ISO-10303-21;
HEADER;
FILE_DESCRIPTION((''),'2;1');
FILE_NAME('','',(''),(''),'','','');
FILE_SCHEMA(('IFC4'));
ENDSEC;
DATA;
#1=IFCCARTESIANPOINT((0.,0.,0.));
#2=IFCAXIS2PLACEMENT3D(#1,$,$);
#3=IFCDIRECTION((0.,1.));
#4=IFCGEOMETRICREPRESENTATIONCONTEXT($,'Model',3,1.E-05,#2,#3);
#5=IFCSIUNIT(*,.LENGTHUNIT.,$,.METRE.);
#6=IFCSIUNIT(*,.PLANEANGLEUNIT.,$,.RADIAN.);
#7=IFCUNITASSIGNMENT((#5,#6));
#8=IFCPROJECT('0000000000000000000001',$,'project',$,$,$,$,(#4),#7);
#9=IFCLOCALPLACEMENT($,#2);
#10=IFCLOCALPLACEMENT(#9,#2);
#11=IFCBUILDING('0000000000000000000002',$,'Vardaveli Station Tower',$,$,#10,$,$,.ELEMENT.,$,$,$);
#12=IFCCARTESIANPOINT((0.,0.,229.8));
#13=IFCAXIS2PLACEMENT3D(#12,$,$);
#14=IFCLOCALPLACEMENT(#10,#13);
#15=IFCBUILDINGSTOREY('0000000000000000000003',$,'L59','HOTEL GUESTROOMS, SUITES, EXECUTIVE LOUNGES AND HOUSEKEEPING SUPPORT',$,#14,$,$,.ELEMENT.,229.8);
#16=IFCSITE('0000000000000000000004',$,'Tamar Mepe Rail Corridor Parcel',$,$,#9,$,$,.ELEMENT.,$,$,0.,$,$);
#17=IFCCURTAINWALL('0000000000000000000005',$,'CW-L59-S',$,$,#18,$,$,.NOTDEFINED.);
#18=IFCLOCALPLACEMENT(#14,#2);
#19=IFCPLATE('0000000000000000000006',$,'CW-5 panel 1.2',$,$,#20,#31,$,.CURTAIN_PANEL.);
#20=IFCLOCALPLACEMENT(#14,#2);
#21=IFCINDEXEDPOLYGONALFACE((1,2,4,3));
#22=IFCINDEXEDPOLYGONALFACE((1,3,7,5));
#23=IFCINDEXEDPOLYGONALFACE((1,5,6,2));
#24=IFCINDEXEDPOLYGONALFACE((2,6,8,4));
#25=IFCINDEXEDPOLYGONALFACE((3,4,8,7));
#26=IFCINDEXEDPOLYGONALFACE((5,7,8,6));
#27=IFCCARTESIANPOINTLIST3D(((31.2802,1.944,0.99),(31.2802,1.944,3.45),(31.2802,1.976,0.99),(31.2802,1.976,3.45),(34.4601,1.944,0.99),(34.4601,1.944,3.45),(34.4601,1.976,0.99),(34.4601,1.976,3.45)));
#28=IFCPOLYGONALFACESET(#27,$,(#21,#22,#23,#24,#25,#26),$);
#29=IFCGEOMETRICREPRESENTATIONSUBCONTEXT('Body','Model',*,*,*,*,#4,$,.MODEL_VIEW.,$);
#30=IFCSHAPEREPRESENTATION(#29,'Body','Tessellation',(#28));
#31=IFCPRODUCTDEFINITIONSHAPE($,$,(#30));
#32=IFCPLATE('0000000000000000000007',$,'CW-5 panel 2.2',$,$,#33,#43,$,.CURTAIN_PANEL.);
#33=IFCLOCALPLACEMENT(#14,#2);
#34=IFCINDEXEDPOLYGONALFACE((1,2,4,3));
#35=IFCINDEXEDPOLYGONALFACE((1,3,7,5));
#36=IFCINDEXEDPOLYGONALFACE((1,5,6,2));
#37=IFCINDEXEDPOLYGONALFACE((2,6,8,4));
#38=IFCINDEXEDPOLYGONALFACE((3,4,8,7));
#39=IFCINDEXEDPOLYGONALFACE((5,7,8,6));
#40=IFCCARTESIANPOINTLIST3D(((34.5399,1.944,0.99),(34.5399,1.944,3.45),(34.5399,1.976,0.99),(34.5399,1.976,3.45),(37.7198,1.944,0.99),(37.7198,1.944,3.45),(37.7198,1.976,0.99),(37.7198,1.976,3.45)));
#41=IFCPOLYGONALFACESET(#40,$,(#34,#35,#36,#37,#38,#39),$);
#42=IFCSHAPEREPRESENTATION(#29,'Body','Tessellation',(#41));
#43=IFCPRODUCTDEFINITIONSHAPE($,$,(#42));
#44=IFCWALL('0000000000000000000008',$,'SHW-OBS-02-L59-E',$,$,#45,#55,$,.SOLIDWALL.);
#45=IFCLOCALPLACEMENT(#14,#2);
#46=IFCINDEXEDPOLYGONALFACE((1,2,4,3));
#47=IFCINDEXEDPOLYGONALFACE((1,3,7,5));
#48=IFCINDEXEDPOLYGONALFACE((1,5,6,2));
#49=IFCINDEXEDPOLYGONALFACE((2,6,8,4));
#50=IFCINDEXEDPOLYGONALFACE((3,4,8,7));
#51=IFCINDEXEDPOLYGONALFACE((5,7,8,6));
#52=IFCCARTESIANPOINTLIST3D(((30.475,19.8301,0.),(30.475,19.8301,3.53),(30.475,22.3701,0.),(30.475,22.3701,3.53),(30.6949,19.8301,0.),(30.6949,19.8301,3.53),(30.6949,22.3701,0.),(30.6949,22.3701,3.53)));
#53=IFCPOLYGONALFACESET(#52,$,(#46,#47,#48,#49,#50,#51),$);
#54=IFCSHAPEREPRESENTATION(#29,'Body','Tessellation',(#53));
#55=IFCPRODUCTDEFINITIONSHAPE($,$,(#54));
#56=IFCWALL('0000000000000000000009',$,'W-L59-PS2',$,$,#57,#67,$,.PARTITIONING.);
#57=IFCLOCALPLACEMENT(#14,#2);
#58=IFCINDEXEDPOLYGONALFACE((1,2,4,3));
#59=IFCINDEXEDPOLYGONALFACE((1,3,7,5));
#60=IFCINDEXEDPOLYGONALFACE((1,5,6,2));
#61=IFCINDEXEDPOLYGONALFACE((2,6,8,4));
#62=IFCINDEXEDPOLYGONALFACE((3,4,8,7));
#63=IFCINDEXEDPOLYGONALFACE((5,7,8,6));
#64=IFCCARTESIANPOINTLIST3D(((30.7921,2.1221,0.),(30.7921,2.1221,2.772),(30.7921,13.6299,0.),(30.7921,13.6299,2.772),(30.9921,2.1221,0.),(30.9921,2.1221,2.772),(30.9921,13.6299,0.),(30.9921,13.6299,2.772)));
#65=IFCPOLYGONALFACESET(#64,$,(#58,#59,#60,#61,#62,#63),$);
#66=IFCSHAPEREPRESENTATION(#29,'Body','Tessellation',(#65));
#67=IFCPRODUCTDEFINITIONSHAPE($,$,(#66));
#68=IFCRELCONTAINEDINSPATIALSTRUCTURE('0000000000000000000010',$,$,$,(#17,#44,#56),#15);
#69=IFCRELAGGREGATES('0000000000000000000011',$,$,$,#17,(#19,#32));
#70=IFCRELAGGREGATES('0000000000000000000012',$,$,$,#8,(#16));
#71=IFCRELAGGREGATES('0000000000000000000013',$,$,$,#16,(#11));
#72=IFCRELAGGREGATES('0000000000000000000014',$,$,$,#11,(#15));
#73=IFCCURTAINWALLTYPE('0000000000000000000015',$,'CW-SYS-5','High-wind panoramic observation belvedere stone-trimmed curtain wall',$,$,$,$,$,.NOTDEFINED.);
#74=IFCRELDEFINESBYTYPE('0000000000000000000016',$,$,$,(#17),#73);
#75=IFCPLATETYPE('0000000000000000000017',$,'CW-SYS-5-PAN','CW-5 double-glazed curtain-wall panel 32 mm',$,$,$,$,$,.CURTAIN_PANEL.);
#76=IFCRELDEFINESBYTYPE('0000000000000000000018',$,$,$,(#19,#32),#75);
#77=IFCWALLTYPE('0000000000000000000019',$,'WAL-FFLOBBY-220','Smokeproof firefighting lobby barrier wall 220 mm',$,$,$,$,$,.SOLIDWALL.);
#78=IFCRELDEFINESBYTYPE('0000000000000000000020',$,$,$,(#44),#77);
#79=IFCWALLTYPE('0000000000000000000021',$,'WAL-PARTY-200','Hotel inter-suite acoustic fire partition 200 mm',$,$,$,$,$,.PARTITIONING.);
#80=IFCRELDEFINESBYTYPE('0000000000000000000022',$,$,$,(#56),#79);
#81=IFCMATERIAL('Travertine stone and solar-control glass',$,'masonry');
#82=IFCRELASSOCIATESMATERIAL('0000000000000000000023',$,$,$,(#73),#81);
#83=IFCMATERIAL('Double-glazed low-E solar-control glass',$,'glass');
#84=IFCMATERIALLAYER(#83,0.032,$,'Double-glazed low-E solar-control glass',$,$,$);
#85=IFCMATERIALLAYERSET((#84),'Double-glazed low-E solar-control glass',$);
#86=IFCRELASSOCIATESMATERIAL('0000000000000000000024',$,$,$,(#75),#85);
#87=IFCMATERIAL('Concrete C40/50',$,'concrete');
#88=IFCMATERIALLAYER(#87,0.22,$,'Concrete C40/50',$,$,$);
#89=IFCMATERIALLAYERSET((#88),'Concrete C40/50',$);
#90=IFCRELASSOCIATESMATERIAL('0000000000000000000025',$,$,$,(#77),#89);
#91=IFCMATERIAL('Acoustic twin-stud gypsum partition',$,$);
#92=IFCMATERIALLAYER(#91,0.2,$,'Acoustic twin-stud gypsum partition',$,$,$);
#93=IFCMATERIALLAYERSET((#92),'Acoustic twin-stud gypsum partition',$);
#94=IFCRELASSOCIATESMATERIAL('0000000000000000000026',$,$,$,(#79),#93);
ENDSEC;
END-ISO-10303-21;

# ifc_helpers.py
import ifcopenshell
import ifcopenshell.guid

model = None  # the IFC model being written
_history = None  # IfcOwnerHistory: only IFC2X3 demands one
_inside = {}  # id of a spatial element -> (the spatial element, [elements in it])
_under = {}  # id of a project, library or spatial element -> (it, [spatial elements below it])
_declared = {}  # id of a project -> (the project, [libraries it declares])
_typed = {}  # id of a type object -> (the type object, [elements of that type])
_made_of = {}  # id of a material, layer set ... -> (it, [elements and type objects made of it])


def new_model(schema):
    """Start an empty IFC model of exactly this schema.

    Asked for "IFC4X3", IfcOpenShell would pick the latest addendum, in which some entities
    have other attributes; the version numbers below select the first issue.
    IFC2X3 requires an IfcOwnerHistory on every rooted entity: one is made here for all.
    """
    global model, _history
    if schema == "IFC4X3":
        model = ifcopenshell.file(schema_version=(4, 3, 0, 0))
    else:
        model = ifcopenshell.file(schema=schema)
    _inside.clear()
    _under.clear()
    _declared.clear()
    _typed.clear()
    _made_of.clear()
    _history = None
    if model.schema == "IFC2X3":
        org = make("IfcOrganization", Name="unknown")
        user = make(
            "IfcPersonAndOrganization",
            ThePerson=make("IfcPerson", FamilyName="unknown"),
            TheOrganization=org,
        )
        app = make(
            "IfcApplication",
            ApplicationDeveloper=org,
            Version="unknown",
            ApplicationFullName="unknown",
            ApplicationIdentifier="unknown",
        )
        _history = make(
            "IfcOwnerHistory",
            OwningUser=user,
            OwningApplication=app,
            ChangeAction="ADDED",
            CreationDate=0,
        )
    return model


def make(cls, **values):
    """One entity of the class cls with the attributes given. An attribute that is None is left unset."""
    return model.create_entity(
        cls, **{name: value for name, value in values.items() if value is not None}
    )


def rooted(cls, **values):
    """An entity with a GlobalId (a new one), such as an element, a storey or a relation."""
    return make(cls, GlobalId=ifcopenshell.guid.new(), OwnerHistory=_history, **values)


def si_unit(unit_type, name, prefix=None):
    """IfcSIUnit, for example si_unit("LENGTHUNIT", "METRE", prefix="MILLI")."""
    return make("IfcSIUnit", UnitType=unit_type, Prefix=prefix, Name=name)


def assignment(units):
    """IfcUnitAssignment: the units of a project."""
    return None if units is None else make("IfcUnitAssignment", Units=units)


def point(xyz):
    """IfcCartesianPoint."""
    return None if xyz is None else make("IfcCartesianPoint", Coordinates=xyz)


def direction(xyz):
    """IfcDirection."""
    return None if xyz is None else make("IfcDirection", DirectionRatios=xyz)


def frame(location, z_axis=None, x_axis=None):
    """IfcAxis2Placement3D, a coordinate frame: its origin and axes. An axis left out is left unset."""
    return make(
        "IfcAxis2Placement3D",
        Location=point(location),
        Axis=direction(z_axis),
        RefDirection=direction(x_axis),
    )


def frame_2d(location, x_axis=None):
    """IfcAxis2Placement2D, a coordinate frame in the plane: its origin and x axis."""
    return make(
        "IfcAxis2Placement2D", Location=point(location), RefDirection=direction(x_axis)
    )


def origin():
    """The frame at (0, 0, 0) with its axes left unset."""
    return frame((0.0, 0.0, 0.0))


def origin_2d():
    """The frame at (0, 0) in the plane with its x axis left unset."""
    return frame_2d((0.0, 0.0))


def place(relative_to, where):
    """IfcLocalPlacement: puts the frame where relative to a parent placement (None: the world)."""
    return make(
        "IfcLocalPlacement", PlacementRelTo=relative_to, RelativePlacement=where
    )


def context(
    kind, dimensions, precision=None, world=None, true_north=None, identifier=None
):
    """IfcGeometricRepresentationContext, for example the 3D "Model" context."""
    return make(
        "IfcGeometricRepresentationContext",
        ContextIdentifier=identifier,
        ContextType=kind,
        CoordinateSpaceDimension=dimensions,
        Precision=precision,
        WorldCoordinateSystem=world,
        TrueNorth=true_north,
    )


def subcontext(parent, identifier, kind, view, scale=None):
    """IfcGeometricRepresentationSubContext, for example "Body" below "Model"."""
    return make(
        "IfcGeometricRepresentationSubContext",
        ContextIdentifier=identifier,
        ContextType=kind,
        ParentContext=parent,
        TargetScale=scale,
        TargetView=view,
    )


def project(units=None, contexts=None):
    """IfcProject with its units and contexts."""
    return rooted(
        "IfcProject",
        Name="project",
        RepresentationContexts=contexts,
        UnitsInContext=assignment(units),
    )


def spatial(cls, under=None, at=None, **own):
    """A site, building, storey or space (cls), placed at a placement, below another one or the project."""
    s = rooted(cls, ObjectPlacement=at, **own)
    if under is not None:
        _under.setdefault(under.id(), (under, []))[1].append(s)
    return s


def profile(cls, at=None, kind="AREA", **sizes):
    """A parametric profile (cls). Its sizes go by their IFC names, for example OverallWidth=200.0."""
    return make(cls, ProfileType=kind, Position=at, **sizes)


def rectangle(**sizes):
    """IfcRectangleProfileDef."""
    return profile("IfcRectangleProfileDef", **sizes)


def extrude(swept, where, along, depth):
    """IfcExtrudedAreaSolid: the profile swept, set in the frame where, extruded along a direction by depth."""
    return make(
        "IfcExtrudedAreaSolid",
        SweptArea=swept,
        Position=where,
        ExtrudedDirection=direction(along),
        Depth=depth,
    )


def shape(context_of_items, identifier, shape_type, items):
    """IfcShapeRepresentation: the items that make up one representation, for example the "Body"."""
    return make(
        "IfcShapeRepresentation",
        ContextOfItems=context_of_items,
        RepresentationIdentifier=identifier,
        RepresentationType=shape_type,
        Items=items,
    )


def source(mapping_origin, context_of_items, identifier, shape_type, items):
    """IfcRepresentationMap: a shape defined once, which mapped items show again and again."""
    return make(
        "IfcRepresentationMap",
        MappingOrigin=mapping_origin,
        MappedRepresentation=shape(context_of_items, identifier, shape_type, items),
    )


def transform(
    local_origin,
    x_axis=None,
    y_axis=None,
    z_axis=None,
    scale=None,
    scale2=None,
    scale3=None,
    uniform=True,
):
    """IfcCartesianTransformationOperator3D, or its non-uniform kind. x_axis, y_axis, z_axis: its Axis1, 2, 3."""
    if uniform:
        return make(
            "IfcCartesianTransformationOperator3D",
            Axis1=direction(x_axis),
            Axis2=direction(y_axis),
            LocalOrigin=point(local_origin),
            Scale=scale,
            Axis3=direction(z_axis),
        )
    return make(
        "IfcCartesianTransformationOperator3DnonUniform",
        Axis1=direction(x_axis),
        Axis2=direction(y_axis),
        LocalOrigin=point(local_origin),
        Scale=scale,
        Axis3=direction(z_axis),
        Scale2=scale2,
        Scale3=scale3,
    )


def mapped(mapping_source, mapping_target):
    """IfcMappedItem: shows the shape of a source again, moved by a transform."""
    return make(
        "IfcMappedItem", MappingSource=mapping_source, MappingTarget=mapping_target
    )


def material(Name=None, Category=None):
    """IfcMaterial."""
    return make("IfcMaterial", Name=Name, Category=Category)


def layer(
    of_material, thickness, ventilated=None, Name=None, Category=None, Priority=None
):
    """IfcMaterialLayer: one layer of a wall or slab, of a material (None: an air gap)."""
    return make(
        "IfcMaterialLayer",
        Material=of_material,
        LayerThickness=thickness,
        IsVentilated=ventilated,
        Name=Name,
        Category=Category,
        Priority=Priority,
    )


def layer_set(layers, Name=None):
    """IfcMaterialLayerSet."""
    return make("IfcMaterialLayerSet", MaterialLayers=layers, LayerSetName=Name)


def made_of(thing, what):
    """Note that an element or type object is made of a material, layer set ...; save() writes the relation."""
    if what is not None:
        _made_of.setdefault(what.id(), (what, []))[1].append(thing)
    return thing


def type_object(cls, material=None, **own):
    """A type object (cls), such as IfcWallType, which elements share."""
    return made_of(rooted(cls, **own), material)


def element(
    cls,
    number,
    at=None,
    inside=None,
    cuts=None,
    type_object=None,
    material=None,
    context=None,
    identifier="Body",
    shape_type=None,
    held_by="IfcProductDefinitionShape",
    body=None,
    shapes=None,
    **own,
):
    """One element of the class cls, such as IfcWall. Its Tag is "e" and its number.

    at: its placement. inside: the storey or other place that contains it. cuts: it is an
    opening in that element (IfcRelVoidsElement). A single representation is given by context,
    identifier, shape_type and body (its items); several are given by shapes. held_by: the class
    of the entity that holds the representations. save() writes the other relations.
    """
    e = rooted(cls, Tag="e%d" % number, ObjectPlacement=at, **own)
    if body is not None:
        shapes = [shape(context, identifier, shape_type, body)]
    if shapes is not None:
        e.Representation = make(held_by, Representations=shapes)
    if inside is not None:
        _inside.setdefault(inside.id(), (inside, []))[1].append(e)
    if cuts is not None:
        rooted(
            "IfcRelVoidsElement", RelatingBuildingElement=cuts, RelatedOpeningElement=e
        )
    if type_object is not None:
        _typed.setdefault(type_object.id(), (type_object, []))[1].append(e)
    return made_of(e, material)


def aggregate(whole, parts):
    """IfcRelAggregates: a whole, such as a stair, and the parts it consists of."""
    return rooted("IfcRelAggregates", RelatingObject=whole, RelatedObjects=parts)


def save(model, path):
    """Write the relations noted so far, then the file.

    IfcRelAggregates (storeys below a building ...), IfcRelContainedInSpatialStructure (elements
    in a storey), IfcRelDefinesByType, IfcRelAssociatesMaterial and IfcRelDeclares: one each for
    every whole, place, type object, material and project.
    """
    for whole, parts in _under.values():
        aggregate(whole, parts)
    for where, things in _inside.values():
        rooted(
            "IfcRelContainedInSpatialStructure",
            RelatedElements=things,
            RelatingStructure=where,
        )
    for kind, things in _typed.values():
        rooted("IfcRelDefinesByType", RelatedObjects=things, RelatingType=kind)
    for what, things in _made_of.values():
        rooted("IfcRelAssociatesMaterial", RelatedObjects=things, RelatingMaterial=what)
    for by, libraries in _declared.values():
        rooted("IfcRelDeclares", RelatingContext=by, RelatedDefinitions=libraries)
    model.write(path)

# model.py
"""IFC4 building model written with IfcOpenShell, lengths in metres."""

from ifc_helpers import new_model, si_unit, direction, frame, frame_2d, origin, origin_2d, place, context, subcontext, project, spatial, rectangle, extrude, source, transform, mapped, material, layer, layer_set, type_object, element, aggregate, save


model = new_model("IFC4")

# Units and contexts
model_context = context("Model", 3, precision=1e-05, world=origin(), true_north=direction((0.0, 1.0)))
body_context = subcontext(model_context, "Body", "Model", "MODEL_VIEW")
ifc_project = project(units=[si_unit("LENGTHUNIT", "METRE"), si_unit("PLANEANGLEUNIT", "RADIAN")], contexts=[model_context])

# Site, building, storey
site_placement = place(None, origin())
site = spatial("IfcSite", under=ifc_project, at=site_placement, Name="Tamar Mepe Rail Corridor Parcel", CompositionType="ELEMENT", RefElevation=0.0)
building_placement = place(site_placement, origin())
building = spatial("IfcBuilding", under=site, at=building_placement, Name="Vardaveli Station Tower", CompositionType="ELEMENT")
storey_placement = place(building_placement, frame((0.0, 0.0, 229.8)))
storey = spatial("IfcBuildingStorey", under=building, at=storey_placement, Name="L59", Description="HOTEL GUESTROOMS, SUITES, EXECUTIVE LOUNGES AND HOUSEKEEPING SUPPORT", CompositionType="ELEMENT", Elevation=229.8)

# Curtain wall, plates
ifc_material_1 = material(Name="Travertine stone and solar-control glass", Category="masonry")
curtain_wall_type = type_object("IfcCurtainWallType", Name="CW-SYS-5", Description="High-wind panoramic observation belvedere stone-trimmed curtain wall", PredefinedType="NOTDEFINED", material=ifc_material_1)
curtain_wall_placement = place(storey_placement, origin())
curtain_wall = element("IfcCurtainWall", 1, at=curtain_wall_placement, inside=storey, type_object=curtain_wall_type, Name="CW-L59-S", PredefinedType="NOTDEFINED")
ifc_material_2 = material(Name="Double-glazed low-E solar-control glass", Category="glass")
ifc_layer_1 = layer(ifc_material_2, 0.032, Name="Double-glazed low-E solar-control glass")
ifc_layer_set_1 = layer_set([ifc_layer_1], Name="Double-glazed low-E solar-control glass")
plate_type = type_object("IfcPlateType", Name="CW-SYS-5-PAN", Description="CW-5 double-glazed curtain-wall panel 32 mm", PredefinedType="CURTAIN_PANEL", material=ifc_layer_set_1)
shared_shape_1 = source(origin(), body_context, "Body", "SweptSolid", [
    extrude(rectangle(XDim=3.1799, YDim=0.032, at=origin_2d()), origin(), (0.0, 0.0, 1.0), 2.46),
])
plate_1_placement = place(storey_placement, frame((32.8701, 1.96, 0.99), z_axis=(0.0, 0.0, 1.0), x_axis=(1.0, 0.0, 0.0)))
plate_1 = element("IfcPlate", 2, at=plate_1_placement, type_object=plate_type, Name="CW-5 panel 1.2", PredefinedType="CURTAIN_PANEL", context=body_context, shape_type="MappedRepresentation", body=[
    mapped(shared_shape_1, transform((0.0, 0.0, 0.0), scale=1.0)),
])
plate_2_placement = place(storey_placement, frame((36.1299, 1.96, 0.99), z_axis=(0.0, 0.0, 1.0), x_axis=(1.0, 0.0, 0.0)))
plate_2 = element("IfcPlate", 3, at=plate_2_placement, type_object=plate_type, Name="CW-5 panel 2.2", PredefinedType="CURTAIN_PANEL", context=body_context, shape_type="MappedRepresentation", body=[
    mapped(shared_shape_1, transform((0.0, 0.0, 0.0), scale=1.0)),
])
aggregate(curtain_wall, [plate_1, plate_2])

# Walls
ifc_material_3 = material(Name="Concrete C40/50", Category="concrete")
ifc_layer_2 = layer(ifc_material_3, 0.22, Name="Concrete C40/50")
ifc_layer_set_2 = layer_set([ifc_layer_2], Name="Concrete C40/50")
wall_type_1 = type_object("IfcWallType", Name="WAL-FFLOBBY-220", Description="Smokeproof firefighting lobby barrier wall 220 mm", PredefinedType="SOLIDWALL", material=ifc_layer_set_2)
shared_shape_2 = source(origin(), body_context, "Body", "SweptSolid", [
    extrude(rectangle(XDim=2.54, YDim=0.22, at=frame_2d((1.27, 0.0))), origin(), (0.0, 0.0, 1.0), 3.53),
])
wall_1_placement = place(storey_placement, frame((30.585, 19.8301, 0.0), z_axis=(0.0, 0.0, 1.0), x_axis=(0.0, 1.0, 0.0)))
element("IfcWall", 4, at=wall_1_placement, inside=storey, type_object=wall_type_1, Name="SHW-OBS-02-L59-E", PredefinedType="SOLIDWALL", context=body_context, shape_type="MappedRepresentation", body=[
    mapped(shared_shape_2, transform((0.0, 0.0, 0.0), scale=1.0)),
])
ifc_material_4 = material(Name="Acoustic twin-stud gypsum partition")
ifc_layer_3 = layer(ifc_material_4, 0.2, Name="Acoustic twin-stud gypsum partition")
ifc_layer_set_3 = layer_set([ifc_layer_3], Name="Acoustic twin-stud gypsum partition")
wall_type_2 = type_object("IfcWallType", Name="WAL-PARTY-200", Description="Hotel inter-suite acoustic fire partition 200 mm", PredefinedType="PARTITIONING", material=ifc_layer_set_3)
shared_shape_3 = source(origin(), body_context, "Body", "SweptSolid", [
    extrude(rectangle(XDim=11.5078, YDim=0.2, at=frame_2d((5.7539, 0.0))), origin(), (0.0, 0.0, 1.0), 2.772),
])
wall_2_placement = place(storey_placement, frame((30.8921, 2.1221, 0.0), z_axis=(0.0, 0.0, 1.0), x_axis=(0.0, 1.0, 0.0)))
element("IfcWall", 5, at=wall_2_placement, inside=storey, type_object=wall_type_2, Name="W-L59-PS2", PredefinedType="PARTITIONING", context=body_context, shape_type="MappedRepresentation", body=[
    mapped(shared_shape_3, transform((0.0, 0.0, 0.0), scale=1.0)),
])

save(model, "model.ifc")
